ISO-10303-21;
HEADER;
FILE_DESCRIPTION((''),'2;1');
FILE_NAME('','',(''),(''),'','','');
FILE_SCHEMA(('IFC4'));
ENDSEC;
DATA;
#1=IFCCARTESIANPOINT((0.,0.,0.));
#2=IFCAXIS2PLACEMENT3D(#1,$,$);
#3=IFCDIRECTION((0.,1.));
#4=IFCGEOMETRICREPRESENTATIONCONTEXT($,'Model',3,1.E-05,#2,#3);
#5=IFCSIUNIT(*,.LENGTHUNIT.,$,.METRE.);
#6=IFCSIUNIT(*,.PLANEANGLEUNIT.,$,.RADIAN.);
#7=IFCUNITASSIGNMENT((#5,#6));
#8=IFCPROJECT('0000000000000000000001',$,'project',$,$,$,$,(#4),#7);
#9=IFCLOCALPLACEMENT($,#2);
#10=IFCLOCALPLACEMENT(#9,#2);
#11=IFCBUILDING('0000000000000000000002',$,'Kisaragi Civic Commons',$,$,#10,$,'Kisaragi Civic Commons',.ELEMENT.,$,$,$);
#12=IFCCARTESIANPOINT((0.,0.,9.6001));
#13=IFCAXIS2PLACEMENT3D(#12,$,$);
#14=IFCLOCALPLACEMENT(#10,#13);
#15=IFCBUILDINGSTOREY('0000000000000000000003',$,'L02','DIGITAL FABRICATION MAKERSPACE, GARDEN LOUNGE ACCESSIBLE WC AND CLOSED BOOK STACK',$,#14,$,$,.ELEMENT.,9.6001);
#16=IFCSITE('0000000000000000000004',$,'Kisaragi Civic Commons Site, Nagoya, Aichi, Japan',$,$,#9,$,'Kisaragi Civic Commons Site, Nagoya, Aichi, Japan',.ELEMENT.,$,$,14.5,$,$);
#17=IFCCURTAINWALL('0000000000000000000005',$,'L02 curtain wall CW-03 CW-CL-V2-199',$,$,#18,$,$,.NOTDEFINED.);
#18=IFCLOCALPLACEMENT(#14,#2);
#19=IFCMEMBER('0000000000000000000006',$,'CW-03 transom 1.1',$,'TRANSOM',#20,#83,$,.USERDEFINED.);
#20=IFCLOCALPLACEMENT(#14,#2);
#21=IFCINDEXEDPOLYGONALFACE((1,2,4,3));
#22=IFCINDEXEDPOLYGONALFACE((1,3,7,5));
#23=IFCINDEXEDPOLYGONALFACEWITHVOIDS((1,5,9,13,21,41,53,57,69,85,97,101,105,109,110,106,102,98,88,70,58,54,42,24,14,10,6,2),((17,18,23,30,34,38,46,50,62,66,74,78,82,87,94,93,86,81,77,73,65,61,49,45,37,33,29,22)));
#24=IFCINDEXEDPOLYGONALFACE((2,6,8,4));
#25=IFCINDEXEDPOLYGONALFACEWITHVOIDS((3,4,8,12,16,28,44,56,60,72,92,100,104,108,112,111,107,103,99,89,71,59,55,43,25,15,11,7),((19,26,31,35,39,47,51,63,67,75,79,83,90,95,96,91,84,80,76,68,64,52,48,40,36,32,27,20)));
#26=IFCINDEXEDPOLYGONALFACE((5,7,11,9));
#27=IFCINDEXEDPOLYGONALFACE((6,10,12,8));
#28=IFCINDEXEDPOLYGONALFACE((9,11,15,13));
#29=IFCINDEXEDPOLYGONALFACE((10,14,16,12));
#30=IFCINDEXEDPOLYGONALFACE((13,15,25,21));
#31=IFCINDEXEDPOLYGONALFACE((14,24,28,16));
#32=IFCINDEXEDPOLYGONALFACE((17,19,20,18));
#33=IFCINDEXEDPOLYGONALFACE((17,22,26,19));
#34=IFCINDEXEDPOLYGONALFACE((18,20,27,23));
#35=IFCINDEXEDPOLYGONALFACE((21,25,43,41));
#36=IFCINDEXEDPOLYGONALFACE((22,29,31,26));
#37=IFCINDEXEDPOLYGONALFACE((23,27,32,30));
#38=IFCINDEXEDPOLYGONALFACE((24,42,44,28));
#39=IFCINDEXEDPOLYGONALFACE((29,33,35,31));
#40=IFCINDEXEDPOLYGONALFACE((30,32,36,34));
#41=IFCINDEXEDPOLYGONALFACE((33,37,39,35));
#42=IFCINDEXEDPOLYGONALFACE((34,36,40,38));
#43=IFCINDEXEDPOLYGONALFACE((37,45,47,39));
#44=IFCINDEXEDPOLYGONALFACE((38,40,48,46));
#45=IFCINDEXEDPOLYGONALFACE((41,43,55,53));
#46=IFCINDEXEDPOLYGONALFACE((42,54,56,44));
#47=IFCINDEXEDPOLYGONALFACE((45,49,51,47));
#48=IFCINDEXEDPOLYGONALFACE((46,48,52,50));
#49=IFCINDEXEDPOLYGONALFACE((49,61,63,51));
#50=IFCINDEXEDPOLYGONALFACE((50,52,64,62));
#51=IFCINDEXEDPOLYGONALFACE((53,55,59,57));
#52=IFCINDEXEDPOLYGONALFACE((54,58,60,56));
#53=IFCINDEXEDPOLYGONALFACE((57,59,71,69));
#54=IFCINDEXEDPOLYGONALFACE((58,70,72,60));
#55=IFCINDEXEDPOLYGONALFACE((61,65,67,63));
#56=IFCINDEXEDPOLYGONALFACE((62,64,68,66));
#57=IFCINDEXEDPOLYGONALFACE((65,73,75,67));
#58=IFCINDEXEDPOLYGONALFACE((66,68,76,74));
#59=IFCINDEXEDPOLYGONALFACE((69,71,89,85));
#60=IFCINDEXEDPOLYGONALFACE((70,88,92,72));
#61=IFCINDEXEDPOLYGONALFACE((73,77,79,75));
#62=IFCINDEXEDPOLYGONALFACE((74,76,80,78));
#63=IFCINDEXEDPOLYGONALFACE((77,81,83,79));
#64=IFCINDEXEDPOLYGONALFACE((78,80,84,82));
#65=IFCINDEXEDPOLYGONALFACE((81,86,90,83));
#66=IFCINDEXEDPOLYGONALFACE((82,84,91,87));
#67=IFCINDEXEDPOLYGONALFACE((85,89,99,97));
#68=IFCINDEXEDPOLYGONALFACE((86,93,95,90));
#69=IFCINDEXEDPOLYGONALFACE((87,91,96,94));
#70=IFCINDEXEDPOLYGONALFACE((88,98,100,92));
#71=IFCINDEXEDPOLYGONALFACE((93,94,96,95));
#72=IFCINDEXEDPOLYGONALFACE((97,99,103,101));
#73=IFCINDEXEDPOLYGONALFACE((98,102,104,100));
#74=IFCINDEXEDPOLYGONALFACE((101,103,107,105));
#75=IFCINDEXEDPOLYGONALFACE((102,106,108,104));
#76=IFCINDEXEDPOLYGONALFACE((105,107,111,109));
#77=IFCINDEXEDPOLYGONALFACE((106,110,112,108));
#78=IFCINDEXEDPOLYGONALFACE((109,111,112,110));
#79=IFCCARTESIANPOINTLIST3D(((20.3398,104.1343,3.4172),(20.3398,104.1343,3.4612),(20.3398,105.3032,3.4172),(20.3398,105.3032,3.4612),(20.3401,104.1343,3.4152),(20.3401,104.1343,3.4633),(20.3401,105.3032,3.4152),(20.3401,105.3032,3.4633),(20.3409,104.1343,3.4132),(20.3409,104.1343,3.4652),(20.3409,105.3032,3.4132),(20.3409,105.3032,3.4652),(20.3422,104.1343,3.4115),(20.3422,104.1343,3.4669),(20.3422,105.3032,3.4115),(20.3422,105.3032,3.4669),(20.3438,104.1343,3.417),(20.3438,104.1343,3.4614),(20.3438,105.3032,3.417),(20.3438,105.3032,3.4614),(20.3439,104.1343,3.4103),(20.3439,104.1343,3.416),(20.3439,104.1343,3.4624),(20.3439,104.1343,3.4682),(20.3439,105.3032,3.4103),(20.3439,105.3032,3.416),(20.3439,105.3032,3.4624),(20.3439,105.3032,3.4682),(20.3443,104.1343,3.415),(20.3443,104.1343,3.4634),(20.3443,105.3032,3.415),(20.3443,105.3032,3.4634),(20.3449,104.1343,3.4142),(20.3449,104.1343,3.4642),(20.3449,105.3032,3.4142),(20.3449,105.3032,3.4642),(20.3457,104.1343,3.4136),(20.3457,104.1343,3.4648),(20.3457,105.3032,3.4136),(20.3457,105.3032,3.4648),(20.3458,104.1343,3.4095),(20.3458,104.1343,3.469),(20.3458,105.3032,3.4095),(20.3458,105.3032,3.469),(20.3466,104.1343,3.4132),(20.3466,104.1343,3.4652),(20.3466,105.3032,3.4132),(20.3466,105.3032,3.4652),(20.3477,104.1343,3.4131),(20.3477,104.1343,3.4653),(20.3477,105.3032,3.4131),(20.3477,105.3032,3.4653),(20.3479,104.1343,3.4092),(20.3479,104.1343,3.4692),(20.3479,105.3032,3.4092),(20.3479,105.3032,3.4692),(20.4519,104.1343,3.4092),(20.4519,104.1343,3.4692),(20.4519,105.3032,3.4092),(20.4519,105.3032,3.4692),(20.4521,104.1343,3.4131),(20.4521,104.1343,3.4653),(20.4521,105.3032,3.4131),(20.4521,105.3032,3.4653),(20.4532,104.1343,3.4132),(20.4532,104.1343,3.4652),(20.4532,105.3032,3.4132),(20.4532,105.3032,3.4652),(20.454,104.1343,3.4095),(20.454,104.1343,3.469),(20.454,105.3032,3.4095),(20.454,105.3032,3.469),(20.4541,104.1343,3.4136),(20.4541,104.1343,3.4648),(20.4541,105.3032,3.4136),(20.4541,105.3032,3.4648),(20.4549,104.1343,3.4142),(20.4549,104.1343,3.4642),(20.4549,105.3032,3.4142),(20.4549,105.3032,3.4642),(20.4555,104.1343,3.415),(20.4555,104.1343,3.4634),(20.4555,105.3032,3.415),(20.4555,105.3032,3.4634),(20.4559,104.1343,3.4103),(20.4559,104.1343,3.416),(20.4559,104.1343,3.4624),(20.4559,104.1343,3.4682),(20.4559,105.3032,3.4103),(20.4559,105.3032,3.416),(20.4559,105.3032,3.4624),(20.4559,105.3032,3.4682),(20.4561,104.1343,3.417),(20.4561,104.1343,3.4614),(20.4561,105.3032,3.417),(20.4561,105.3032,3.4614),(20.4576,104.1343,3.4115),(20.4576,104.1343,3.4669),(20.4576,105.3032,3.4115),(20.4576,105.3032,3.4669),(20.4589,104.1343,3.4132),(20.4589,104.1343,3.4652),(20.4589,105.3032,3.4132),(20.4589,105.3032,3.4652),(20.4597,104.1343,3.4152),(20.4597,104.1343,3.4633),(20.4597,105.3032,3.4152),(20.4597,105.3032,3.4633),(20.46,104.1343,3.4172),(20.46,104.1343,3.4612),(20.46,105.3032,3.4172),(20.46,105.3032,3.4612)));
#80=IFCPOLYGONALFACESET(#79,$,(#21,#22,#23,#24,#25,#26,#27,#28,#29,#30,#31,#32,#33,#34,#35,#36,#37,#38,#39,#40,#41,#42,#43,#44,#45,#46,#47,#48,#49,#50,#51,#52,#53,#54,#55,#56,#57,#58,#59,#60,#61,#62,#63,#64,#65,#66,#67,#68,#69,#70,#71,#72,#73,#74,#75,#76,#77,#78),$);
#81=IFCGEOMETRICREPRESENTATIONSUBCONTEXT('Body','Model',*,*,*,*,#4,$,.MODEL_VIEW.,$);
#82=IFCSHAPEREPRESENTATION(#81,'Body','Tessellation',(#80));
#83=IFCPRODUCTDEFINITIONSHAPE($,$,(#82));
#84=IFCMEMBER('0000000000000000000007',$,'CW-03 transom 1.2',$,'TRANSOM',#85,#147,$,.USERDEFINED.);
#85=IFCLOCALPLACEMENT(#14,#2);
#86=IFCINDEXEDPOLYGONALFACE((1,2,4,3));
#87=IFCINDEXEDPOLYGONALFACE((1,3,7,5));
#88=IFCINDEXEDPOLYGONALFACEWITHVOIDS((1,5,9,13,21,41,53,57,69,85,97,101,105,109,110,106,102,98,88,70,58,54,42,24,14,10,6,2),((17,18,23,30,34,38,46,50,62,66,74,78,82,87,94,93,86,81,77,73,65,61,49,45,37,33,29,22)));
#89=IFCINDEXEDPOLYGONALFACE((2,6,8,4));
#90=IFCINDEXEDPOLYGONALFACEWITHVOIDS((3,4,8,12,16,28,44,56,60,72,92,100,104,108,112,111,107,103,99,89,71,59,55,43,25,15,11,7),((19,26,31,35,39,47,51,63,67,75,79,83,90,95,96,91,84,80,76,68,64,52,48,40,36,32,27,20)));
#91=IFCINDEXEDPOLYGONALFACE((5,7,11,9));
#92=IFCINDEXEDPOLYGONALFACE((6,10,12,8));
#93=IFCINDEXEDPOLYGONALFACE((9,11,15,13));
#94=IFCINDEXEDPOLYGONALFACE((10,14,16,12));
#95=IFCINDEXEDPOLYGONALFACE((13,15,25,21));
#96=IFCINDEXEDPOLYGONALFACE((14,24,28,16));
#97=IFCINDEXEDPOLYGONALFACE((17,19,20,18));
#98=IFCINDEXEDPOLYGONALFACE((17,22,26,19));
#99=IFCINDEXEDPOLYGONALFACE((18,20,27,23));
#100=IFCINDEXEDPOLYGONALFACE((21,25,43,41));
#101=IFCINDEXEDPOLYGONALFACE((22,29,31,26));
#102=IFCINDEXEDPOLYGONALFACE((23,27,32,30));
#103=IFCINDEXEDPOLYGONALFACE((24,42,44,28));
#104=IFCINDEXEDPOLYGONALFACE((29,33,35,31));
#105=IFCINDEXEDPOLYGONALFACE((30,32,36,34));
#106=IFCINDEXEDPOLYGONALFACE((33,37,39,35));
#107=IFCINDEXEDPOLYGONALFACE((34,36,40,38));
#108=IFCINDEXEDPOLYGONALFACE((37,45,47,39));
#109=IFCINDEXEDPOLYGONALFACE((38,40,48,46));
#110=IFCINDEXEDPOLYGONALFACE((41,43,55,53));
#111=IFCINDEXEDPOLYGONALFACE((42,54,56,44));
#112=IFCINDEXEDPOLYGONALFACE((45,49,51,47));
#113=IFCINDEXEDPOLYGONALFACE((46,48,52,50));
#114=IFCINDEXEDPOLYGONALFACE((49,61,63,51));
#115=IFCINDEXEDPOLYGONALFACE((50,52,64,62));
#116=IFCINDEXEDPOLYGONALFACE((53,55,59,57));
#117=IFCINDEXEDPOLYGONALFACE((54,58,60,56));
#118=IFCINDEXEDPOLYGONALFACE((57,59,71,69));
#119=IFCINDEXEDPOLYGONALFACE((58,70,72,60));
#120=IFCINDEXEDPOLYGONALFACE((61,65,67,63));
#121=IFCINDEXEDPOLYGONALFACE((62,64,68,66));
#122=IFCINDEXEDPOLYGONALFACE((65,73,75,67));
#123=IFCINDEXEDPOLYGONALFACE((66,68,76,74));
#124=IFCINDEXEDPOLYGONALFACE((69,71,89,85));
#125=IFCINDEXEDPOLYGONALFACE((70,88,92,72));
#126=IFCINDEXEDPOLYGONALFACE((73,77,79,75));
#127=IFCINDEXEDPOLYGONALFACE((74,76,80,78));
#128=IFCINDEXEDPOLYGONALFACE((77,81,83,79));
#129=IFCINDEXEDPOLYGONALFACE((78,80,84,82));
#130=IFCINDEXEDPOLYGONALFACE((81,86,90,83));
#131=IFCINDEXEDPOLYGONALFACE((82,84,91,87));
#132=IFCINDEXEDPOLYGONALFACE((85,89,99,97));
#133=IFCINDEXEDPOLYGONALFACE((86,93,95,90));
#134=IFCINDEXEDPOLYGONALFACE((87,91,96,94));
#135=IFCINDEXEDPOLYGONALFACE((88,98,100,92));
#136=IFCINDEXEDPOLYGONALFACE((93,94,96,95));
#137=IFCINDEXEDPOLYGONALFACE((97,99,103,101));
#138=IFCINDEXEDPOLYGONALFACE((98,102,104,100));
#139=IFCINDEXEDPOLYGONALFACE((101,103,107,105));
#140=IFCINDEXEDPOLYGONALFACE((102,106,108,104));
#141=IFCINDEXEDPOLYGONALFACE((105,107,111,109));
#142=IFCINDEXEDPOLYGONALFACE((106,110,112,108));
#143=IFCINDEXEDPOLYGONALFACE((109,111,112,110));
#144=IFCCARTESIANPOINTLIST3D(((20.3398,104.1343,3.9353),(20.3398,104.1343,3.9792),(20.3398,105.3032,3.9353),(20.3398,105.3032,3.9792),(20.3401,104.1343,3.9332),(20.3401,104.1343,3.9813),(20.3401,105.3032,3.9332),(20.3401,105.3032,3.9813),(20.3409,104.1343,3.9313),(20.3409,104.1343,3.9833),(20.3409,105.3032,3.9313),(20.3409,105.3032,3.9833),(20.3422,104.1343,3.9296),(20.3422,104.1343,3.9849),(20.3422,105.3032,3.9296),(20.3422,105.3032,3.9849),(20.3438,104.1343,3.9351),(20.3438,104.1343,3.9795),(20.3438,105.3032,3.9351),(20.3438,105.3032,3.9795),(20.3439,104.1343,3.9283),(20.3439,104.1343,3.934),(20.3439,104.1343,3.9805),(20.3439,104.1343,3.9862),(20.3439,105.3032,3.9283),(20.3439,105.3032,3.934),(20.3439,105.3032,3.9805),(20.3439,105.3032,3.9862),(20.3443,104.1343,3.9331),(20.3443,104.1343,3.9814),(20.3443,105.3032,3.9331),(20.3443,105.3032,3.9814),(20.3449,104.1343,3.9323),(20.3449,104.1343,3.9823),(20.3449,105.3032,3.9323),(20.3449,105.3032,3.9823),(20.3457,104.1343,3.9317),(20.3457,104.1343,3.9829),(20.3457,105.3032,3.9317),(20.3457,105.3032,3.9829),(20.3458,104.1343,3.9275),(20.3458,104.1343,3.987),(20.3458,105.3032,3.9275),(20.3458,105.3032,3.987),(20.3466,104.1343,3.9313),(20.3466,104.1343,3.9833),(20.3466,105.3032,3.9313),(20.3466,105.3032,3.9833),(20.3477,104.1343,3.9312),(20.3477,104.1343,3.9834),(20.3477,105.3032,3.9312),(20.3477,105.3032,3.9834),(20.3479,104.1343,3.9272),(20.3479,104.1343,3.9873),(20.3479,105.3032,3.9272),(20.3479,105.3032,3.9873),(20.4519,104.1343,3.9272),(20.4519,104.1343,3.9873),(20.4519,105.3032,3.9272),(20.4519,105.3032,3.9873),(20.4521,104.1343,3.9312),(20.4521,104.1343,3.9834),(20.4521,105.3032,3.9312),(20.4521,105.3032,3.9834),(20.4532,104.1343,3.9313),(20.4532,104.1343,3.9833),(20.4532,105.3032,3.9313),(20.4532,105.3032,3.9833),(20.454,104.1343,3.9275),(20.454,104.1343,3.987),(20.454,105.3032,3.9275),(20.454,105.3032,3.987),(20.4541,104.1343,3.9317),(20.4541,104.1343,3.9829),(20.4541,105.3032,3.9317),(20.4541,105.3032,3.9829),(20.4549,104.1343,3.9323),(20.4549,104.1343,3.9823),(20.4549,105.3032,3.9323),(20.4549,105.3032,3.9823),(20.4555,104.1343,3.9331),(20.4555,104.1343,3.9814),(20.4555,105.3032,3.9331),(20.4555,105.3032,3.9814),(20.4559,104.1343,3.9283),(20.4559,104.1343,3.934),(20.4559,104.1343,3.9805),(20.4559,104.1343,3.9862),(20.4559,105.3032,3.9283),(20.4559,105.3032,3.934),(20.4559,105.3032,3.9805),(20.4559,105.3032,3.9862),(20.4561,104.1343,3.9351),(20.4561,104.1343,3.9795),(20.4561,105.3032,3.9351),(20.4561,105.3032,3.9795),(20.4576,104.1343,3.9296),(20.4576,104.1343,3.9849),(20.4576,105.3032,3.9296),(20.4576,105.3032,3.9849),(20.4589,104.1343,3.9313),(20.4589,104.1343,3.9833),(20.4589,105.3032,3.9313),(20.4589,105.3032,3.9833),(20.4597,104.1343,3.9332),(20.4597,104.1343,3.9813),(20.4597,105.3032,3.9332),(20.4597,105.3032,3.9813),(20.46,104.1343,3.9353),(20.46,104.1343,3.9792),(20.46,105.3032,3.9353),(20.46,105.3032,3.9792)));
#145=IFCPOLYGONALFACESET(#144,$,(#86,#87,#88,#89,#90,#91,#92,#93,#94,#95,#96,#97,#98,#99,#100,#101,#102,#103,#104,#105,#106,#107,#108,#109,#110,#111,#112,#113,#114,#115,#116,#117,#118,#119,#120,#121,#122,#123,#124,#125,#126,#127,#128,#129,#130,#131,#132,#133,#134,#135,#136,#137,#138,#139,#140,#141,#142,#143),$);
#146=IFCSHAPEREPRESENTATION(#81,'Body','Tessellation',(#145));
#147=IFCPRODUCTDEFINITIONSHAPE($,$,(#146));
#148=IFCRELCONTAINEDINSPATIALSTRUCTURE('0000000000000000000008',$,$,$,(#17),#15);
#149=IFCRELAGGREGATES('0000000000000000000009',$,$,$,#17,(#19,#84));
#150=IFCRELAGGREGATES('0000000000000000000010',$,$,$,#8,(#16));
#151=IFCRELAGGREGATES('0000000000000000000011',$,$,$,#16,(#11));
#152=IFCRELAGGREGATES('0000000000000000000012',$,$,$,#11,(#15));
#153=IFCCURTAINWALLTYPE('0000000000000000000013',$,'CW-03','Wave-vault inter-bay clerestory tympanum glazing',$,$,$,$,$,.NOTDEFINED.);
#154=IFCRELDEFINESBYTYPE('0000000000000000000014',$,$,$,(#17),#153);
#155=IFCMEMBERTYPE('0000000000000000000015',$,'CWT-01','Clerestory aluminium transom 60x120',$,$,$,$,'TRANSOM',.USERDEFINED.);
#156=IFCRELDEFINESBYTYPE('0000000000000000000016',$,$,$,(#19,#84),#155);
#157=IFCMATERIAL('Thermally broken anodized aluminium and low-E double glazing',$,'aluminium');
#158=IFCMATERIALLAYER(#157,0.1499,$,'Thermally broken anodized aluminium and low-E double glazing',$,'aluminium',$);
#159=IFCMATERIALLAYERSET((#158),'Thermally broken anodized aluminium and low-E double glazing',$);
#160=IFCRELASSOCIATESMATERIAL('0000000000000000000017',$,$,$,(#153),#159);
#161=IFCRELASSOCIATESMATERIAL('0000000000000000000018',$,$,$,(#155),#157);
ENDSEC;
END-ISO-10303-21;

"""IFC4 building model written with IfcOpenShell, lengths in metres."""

from ifc_helpers import new_model, si_unit, direction, frame, origin, origin_2d, place, context, subcontext, project, spatial, hollow_rectangle, extrude, material, layer, layer_set, material_profile, profile_set, type_object, element, aggregate, save


model = new_model("IFC4")

# Units and contexts
model_context = context("Model", 3, precision=1e-05, world=origin(), true_north=direction((0.0, 1.0)))
body_context = subcontext(model_context, "Body", "Model", "MODEL_VIEW")
ifc_project = project(units=[si_unit("LENGTHUNIT", "METRE"), si_unit("PLANEANGLEUNIT", "RADIAN")], contexts=[model_context])

# Site, building, storey
site_placement = place(None, origin())
site = spatial("IfcSite", under=ifc_project, at=site_placement, Name="Kisaragi Civic Commons Site, Nagoya, Aichi, Japan", LongName="Kisaragi Civic Commons Site, Nagoya, Aichi, Japan", CompositionType="ELEMENT", RefElevation=14.5)
building_placement = place(site_placement, origin())
building = spatial("IfcBuilding", under=site, at=building_placement, Name="Kisaragi Civic Commons", LongName="Kisaragi Civic Commons", CompositionType="ELEMENT")
storey_placement = place(building_placement, frame((0.0, 0.0, 9.6001)))
storey = spatial("IfcBuildingStorey", under=building, at=storey_placement, Name="L02", Description="DIGITAL FABRICATION MAKERSPACE, GARDEN LOUNGE ACCESSIBLE WC AND CLOSED BOOK STACK", CompositionType="ELEMENT", Elevation=9.6001)

# Curtain wall
ifc_material_1 = material(Name="Thermally broken anodized aluminium and low-E double glazing", Category="aluminium")
ifc_layer_1 = layer(ifc_material_1, 0.1499, Name="Thermally broken anodized aluminium and low-E double glazing", Category="aluminium")
ifc_layer_set_1 = layer_set([ifc_layer_1], Name="Thermally broken anodized aluminium and low-E double glazing")
curtain_wall_type = type_object("IfcCurtainWallType", Name="CW-03", Description="Wave-vault inter-bay clerestory tympanum glazing", PredefinedType="NOTDEFINED", material=ifc_layer_set_1)
curtain_wall_1_placement = place(storey_placement, origin())
curtain_wall_1 = element("IfcCurtainWall", 1, at=curtain_wall_1_placement, inside=storey, type_object=curtain_wall_type, Name="L02 curtain wall CW-03 CW-CL-V2-199", PredefinedType="NOTDEFINED")

# Members
ifc_material_profile_1 = material_profile(ifc_material_1, hollow_rectangle(XDim=0.1201, YDim=0.0601, WallThickness=0.0039, InnerFilletRadius=0.0039, OuterFilletRadius=0.0081, at=origin_2d()), Name="CWT-60x120x4", Category="aluminium")
ifc_profile_set_1 = profile_set([ifc_material_profile_1], Name="Thermally broken anodized aluminium and low-E double glazing")
member_type_1 = type_object("IfcMemberType", Name="CWT-01", Description="Clerestory aluminium transom 60x120", ElementType="TRANSOM", PredefinedType="USERDEFINED", material=ifc_profile_set_1)
member_1_placement = place(storey_placement, frame((20.3999, 104.1343, 3.4392), z_axis=(0.0, 1.0, 0.0), x_axis=(-1.0, 0.0, 0.0)))
member_1 = element("IfcMember", 2, at=member_1_placement, type_object=member_type_1, Name="CW-03 transom 1.1", ObjectType="TRANSOM", PredefinedType="USERDEFINED", context=body_context, shape_type="SweptSolid", body=[
    extrude(hollow_rectangle(XDim=0.1201, YDim=0.0601, WallThickness=0.0039, InnerFilletRadius=0.0039, OuterFilletRadius=0.0081, at=origin_2d()), origin(), (0.0, 0.0, 1.0), 1.1689),
])
member_2_placement = place(storey_placement, frame((20.3999, 104.1343, 3.9573), z_axis=(0.0, 1.0, 0.0), x_axis=(-1.0, 0.0, 0.0)))
member_2 = element("IfcMember", 3, at=member_2_placement, type_object=member_type_1, Name="CW-03 transom 1.2", ObjectType="TRANSOM", PredefinedType="USERDEFINED", context=body_context, shape_type="SweptSolid", body=[
    extrude(hollow_rectangle(XDim=0.1201, YDim=0.0601, WallThickness=0.0039, InnerFilletRadius=0.0039, OuterFilletRadius=0.0081, at=origin_2d()), origin(), (0.0, 0.0, 1.0), 1.1689),
])

aggregate(curtain_wall_1, [member_1, member_2])

save(model, "model.ifc")
